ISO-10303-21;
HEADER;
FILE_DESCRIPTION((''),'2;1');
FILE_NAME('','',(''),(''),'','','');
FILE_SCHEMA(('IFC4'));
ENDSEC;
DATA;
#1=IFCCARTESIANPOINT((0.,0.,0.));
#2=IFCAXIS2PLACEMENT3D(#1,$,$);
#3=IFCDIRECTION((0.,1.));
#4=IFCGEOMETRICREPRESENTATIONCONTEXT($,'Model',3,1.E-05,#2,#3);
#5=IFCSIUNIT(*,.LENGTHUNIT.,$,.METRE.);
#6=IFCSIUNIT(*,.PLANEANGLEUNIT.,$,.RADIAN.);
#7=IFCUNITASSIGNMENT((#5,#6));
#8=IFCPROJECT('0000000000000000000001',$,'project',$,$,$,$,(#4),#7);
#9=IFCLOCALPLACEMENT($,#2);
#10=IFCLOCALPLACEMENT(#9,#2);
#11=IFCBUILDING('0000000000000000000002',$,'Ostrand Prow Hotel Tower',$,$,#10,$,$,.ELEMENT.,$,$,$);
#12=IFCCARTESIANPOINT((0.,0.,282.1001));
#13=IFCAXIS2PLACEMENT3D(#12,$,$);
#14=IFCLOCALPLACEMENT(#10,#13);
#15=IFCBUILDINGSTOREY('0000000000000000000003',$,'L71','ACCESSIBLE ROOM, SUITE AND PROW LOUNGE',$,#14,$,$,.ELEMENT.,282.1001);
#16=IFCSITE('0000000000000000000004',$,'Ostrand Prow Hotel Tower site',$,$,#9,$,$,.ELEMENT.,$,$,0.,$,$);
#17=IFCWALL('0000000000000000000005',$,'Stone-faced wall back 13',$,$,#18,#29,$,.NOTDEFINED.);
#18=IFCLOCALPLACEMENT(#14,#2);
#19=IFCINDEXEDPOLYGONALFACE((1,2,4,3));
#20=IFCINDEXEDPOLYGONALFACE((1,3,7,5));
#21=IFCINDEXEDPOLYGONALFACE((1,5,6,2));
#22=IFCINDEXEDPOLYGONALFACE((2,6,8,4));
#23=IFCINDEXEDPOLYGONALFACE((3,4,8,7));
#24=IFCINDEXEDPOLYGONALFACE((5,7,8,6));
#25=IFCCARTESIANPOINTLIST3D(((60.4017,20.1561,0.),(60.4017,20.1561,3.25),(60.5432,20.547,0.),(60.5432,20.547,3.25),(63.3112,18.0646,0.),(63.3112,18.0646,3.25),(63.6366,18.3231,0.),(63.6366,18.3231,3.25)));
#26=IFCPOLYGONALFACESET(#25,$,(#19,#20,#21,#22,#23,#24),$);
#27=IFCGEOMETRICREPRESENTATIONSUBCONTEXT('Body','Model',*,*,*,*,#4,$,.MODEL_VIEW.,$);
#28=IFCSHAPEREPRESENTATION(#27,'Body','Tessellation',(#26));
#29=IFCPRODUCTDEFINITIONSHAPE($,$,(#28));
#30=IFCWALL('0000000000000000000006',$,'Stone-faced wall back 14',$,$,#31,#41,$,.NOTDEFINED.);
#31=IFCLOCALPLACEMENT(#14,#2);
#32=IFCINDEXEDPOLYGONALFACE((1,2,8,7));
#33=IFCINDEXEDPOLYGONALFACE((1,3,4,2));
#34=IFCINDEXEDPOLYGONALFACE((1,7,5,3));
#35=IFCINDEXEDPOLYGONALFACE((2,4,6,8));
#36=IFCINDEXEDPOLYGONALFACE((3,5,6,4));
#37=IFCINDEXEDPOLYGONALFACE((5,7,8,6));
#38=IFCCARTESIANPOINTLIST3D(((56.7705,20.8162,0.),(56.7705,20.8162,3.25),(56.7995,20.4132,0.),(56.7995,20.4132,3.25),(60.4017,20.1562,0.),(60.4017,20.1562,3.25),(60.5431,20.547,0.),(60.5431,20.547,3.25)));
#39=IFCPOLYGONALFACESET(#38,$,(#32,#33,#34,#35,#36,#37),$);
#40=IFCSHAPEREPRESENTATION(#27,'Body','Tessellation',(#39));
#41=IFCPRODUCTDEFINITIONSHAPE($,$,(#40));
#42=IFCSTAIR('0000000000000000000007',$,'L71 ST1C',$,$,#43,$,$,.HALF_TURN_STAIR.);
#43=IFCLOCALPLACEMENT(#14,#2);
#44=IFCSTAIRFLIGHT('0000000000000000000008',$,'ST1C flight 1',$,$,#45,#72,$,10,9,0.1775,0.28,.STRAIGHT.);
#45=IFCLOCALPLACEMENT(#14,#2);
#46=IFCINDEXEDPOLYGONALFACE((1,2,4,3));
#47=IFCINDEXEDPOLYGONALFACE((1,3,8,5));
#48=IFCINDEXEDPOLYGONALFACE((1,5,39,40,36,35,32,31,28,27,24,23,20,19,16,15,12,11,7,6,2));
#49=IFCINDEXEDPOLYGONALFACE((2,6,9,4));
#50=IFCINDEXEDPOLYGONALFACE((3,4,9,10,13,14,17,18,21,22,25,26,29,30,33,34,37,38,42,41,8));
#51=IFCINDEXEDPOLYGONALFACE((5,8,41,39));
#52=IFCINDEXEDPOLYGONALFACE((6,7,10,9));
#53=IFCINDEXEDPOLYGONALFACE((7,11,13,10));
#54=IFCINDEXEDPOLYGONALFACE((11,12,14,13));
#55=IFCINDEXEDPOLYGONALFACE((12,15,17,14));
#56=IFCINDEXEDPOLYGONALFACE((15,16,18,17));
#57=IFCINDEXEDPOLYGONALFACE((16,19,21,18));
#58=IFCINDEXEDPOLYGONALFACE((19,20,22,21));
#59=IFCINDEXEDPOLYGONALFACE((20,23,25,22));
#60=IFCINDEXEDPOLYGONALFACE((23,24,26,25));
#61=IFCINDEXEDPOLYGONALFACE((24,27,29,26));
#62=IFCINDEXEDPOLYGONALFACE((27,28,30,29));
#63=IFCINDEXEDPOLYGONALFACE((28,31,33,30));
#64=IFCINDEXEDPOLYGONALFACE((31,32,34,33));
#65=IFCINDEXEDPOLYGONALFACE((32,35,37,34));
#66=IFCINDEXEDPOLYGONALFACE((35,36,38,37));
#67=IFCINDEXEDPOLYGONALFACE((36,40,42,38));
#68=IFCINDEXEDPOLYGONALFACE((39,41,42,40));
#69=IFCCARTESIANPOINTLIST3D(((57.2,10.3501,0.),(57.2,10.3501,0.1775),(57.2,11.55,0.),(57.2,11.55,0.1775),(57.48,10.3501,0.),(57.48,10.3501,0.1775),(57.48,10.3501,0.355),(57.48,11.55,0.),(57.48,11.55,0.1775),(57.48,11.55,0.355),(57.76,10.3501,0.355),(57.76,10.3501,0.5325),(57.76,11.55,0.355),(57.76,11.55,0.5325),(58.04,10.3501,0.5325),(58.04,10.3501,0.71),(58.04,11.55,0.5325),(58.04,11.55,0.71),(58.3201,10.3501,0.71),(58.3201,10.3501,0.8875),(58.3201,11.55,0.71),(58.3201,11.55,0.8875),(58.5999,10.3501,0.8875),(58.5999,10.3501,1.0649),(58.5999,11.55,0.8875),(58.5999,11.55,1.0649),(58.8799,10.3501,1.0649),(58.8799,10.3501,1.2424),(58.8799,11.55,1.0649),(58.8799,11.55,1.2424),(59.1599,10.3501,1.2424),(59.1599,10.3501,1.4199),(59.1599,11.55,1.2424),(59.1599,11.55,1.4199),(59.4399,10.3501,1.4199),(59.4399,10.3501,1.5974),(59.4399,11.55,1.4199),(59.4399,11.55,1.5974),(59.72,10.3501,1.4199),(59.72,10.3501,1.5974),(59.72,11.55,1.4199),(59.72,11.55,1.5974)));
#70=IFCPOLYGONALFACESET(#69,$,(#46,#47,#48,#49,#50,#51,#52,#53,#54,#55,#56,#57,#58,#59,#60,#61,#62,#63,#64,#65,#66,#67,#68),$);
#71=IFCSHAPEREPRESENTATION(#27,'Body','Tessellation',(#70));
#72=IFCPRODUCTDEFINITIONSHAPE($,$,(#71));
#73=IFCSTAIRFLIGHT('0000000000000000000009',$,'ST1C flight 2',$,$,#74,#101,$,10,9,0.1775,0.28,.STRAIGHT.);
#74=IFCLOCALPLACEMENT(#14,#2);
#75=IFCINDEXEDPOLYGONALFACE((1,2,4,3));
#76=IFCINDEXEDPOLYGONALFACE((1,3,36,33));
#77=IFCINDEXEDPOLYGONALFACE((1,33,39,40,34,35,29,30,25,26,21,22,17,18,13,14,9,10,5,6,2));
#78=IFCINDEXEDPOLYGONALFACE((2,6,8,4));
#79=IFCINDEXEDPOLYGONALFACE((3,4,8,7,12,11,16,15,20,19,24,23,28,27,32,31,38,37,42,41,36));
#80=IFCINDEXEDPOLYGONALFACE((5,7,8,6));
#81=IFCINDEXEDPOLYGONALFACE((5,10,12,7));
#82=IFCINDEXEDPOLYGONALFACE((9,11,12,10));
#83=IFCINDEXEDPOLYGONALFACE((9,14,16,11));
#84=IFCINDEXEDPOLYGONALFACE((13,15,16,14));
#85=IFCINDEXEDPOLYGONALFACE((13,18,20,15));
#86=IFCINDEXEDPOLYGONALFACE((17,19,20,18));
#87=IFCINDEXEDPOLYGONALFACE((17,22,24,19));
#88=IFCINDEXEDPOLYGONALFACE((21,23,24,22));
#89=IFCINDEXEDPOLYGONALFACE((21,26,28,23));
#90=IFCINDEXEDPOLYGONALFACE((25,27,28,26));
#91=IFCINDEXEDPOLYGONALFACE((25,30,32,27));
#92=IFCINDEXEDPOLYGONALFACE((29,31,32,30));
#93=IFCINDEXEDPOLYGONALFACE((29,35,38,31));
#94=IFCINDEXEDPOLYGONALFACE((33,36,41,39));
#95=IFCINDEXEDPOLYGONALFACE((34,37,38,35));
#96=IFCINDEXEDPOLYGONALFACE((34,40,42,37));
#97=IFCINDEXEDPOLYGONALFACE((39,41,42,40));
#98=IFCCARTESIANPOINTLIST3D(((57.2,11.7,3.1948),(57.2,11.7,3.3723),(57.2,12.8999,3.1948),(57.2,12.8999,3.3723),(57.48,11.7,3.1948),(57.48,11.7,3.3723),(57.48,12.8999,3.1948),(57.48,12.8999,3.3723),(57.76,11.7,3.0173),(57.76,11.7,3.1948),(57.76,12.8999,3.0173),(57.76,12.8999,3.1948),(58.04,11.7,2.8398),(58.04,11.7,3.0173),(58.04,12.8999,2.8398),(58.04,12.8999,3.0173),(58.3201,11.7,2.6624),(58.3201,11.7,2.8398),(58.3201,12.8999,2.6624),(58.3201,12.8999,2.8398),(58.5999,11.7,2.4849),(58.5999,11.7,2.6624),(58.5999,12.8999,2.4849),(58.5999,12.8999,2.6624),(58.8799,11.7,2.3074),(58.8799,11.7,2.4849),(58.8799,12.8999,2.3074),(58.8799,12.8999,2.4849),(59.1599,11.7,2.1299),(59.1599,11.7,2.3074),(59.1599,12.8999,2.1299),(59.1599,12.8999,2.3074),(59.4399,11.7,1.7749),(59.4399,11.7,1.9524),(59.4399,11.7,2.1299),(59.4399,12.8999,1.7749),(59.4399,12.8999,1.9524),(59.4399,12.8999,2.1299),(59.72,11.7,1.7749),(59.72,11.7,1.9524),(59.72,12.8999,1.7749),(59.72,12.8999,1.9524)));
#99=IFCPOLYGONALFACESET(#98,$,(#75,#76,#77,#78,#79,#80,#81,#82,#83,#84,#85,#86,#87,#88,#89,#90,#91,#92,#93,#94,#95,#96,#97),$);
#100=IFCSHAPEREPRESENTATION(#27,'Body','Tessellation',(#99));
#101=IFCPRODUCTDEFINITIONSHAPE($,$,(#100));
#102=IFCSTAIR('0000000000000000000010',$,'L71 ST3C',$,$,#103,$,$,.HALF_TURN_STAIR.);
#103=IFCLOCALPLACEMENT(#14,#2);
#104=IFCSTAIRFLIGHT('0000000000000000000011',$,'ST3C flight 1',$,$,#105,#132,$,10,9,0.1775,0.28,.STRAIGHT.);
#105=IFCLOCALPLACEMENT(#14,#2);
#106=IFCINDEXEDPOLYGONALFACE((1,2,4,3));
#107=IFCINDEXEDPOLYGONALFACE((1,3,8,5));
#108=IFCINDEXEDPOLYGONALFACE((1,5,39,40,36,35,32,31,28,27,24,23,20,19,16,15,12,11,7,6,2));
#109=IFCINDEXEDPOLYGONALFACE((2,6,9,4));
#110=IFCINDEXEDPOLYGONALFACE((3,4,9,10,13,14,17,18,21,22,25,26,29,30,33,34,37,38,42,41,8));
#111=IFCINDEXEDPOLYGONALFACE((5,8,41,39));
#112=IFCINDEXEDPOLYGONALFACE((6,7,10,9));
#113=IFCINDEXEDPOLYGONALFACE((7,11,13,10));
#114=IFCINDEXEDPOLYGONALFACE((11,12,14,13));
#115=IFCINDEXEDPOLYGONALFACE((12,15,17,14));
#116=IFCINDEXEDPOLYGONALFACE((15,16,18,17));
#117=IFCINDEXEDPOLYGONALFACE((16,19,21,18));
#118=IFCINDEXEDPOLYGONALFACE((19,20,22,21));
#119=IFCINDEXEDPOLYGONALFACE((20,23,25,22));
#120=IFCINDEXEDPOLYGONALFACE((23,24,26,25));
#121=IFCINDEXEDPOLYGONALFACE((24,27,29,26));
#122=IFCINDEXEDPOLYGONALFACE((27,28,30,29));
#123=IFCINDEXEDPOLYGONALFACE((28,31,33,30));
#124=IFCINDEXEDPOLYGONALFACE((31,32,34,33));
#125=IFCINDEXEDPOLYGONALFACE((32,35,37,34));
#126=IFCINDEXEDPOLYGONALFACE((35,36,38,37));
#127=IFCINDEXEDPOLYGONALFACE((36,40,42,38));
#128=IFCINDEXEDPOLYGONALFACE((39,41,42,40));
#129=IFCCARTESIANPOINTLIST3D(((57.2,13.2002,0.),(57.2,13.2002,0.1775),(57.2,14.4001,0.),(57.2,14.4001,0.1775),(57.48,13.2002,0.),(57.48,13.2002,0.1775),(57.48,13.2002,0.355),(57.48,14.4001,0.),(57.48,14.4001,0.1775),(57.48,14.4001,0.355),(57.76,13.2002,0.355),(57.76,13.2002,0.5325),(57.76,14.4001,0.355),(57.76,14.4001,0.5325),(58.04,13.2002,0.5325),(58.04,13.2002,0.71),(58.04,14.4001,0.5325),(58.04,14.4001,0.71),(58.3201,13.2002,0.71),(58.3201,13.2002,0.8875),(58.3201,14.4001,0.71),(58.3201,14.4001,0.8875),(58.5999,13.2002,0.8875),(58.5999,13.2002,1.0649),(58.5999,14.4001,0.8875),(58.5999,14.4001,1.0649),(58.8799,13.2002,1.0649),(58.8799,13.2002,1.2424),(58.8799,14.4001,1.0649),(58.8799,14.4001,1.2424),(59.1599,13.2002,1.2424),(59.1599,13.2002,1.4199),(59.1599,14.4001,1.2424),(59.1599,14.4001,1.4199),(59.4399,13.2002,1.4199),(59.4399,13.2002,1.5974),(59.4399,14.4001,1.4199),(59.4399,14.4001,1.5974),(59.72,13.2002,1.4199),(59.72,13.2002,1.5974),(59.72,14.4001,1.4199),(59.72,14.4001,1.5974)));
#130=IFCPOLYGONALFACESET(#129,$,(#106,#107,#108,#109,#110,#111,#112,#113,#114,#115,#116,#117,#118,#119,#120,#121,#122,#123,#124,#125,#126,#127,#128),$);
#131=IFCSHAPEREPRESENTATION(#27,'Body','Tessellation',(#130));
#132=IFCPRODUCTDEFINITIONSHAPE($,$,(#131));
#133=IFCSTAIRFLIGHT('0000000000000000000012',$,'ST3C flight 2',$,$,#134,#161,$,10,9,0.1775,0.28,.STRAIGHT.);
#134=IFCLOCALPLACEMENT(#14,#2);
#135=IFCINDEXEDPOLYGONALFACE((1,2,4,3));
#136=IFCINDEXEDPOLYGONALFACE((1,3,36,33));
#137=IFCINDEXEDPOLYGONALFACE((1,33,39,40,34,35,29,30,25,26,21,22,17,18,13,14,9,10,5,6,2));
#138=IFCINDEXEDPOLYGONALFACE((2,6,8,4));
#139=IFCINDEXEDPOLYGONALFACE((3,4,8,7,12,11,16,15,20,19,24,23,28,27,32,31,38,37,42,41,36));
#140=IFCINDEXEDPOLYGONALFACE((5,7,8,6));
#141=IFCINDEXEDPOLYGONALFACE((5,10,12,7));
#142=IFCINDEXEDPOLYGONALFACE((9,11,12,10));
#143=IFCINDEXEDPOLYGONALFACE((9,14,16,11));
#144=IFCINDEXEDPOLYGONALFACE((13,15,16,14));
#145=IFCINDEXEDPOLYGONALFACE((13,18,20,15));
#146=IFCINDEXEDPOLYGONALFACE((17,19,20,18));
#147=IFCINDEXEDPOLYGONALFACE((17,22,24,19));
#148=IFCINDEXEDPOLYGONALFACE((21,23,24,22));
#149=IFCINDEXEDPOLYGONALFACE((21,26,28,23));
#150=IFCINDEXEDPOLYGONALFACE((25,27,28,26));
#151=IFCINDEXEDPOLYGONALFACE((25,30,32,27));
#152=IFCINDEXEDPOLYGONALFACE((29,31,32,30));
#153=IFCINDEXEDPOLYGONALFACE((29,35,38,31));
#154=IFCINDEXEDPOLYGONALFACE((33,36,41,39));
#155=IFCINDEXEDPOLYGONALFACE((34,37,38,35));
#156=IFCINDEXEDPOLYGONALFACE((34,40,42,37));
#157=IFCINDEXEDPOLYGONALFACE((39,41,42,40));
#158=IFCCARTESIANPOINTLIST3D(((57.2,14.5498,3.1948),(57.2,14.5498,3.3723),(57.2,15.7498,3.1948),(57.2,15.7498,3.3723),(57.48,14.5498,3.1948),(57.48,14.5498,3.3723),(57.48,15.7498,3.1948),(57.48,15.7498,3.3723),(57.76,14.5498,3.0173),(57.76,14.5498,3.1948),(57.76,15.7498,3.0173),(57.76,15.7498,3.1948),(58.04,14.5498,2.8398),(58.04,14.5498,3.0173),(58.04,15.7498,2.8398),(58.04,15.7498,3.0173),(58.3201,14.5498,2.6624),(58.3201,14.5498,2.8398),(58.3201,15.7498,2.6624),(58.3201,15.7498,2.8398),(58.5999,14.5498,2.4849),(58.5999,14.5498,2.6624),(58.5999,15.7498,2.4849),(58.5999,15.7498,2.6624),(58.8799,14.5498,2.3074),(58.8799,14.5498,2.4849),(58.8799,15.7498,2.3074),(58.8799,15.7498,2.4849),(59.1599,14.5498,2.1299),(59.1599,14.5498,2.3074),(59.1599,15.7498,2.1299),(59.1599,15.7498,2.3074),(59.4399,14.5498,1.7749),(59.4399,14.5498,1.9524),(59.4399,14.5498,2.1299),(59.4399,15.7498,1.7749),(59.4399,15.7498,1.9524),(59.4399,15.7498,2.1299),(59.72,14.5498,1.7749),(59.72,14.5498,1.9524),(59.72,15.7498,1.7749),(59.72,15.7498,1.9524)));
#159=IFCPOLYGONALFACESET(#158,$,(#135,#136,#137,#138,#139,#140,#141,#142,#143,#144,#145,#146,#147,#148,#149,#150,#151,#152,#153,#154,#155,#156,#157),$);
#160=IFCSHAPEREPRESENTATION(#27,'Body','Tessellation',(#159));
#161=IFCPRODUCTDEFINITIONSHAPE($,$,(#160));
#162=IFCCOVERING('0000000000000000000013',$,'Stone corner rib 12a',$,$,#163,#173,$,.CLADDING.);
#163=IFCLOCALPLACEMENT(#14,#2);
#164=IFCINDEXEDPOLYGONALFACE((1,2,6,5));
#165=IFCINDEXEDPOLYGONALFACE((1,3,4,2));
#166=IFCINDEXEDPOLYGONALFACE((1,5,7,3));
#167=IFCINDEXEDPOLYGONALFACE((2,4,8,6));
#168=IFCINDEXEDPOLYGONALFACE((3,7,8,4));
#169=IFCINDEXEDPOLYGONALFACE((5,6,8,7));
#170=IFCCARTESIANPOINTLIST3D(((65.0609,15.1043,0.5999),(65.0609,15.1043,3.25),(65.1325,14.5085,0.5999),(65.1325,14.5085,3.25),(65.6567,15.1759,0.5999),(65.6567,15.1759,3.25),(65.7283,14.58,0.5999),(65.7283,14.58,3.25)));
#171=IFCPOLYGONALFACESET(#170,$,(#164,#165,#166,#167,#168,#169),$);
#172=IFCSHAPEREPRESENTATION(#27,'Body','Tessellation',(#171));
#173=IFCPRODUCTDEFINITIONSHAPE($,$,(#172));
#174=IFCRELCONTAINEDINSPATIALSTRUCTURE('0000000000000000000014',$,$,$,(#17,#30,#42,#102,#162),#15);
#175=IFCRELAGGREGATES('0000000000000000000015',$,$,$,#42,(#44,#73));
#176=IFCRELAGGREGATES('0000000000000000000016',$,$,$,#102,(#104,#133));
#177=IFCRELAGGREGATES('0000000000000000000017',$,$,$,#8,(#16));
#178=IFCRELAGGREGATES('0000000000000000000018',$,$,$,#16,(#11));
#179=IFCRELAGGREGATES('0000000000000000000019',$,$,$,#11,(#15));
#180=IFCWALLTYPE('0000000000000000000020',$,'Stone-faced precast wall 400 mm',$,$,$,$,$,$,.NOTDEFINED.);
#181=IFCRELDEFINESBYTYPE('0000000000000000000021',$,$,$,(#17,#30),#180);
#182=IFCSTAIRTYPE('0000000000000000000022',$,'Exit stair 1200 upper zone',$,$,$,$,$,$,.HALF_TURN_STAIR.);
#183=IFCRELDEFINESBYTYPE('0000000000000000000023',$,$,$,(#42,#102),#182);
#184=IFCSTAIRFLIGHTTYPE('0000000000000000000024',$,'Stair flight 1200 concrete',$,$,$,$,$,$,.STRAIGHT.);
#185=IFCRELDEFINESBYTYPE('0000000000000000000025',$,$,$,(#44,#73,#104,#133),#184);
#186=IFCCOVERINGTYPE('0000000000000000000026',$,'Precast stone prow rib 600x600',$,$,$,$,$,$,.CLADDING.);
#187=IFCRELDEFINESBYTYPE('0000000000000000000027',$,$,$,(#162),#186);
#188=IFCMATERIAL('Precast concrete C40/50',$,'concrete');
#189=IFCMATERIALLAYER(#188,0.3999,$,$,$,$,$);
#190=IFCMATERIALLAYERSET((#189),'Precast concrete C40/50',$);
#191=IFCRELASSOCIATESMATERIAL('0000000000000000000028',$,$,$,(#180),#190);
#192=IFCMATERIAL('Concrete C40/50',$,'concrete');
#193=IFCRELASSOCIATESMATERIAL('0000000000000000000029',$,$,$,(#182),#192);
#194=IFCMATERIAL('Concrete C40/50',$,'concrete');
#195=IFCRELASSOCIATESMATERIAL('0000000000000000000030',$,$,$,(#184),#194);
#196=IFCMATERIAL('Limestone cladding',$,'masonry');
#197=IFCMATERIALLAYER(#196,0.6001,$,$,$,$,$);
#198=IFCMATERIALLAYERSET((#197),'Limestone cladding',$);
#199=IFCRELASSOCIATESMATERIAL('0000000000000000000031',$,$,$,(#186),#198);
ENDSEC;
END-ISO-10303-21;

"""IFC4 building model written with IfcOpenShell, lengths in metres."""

from ifc_helpers import new_model, si_unit, direction, frame, frame_2d, origin, place, context, subcontext, project, spatial, polyline, rectangle, outline, extrude, material, layer, layer_set, type_object, element, aggregate, save


model = new_model("IFC4")

# Units and contexts
model_context = context("Model", 3, precision=1e-05, world=origin(), true_north=direction((0.0, 1.0)))
body_context = subcontext(model_context, "Body", "Model", "MODEL_VIEW")
ifc_project = project(units=[si_unit("LENGTHUNIT", "METRE"), si_unit("PLANEANGLEUNIT", "RADIAN")], contexts=[model_context])

# Site, building, storey
site_placement = place(None, origin())
site = spatial("IfcSite", under=ifc_project, at=site_placement, Name="Ostrand Prow Hotel Tower site", CompositionType="ELEMENT", RefElevation=0.0)
building_placement = place(site_placement, origin())
building = spatial("IfcBuilding", under=site, at=building_placement, Name="Ostrand Prow Hotel Tower", CompositionType="ELEMENT")
storey_placement = place(building_placement, frame((0.0, 0.0, 282.1001)))
storey = spatial("IfcBuildingStorey", under=building, at=storey_placement, Name="L71", Description="ACCESSIBLE ROOM, SUITE AND PROW LOUNGE", CompositionType="ELEMENT", Elevation=282.1001)

# Shared definitions
ifc_material_1 = material(Name="Precast concrete C40/50", Category="concrete")
ifc_layer_1 = layer(ifc_material_1, 0.3999)
ifc_layer_set_1 = layer_set([ifc_layer_1], Name="Precast concrete C40/50")
wall_type_1 = type_object("IfcWallType", Name="Stone-faced precast wall 400 mm", PredefinedType="NOTDEFINED", material=ifc_layer_set_1)

# Walls
wall_1_placement = place(storey_placement, frame((63.4739, 18.1938, 0.0), z_axis=(0.0, 0.0, 1.0), x_axis=(-0.811963, 0.58371, 0.0)))
element("IfcWall", 1, at=wall_1_placement, inside=storey, type_object=wall_type_1, Name="Stone-faced wall back 13", PredefinedType="NOTDEFINED", context=body_context, shape_type="SweptSolid", body=[
    extrude(outline(polyline([(-0.0566, -0.2), (3.7532, -0.2), (3.6399, 0.2), (0.0566, 0.2), (-0.0566, -0.2)])), origin(), (0.0, 0.0, 1.0), 3.25),
])
wall_2_placement = place(storey_placement, frame((60.4724, 20.3516, 0.0), z_axis=(0.0, 0.0, 1.0), x_axis=(-0.997463, 0.071191, 0.0)))
element("IfcWall", 2, at=wall_2_placement, inside=storey, type_object=wall_type_1, Name="Stone-faced wall back 14", PredefinedType="NOTDEFINED", context=body_context, shape_type="SweptSolid", body=[
    extrude(outline(polyline([(-0.0566, -0.2), (3.7256, -0.2), (3.668, 0.2), (0.0566, 0.2), (-0.0566, -0.2)])), origin(), (0.0, 0.0, 1.0), 3.25),
])

# Stairs, stair flights
ifc_material_2 = material(Name="Concrete C40/50", Category="concrete")
stair_type = type_object("IfcStairType", Name="Exit stair 1200 upper zone", PredefinedType="HALF_TURN_STAIR", material=ifc_material_2)
stair_1_placement = place(storey_placement, origin())
stair_1 = element("IfcStair", 3, at=stair_1_placement, inside=storey, type_object=stair_type, Name="L71 ST1C", PredefinedType="HALF_TURN_STAIR")
ifc_material_3 = material(Name="Concrete C40/50", Category="concrete")
stair_flight_type = type_object("IfcStairFlightType", Name="Stair flight 1200 concrete", PredefinedType="STRAIGHT", material=ifc_material_3)
stair_flight_1_placement = place(storey_placement, frame((57.2, 10.95, 0.0), z_axis=(0.0, 0.0, 1.0), x_axis=(1.0, 0.0, 0.0)))
stair_flight_1 = element("IfcStairFlight", 4, at=stair_flight_1_placement, type_object=stair_flight_type, Name="ST1C flight 1", NumberOfRisers=10, NumberOfTreads=9, PredefinedType="STRAIGHT", RiserHeight=0.1775, TreadLength=0.28, context=body_context, shape_type="SweptSolid", body=[
    extrude(outline(polyline([(0.0, 0.0), (0.0, 0.1775), (0.28, 0.1775), (0.28, 0.355), (0.5601, 0.355), (0.5601, 0.5325), (0.8401, 0.5325), (0.8401, 0.71), (1.1201, 0.71), (1.1201, 0.8875), (1.3999, 0.8875), (1.3999, 1.0649), (1.6799, 1.0649), (1.6799, 1.2424), (1.96, 1.2424), (1.96, 1.4199), (2.24, 1.4199), (2.24, 1.5974), (2.52, 1.5974), (2.52, 1.7749), (2.52, 1.4199), (0.28, 0.0), (0.0, 0.0)])), frame((0.0, 0.6001, 0.0), z_axis=(0.0, -1.0, 0.0), x_axis=(1.0, 0.0, 0.0)), (0.0, 0.0, 1.0), 1.2),
])
stair_flight_2_placement = place(storey_placement, frame((59.72, 12.3, 1.7749), z_axis=(0.0, 0.0, 1.0), x_axis=(-1.0, 0.0, 0.0)))
stair_flight_2 = element("IfcStairFlight", 5, at=stair_flight_2_placement, type_object=stair_flight_type, Name="ST1C flight 2", NumberOfRisers=10, NumberOfTreads=9, PredefinedType="STRAIGHT", RiserHeight=0.1775, TreadLength=0.28, context=body_context, shape_type="SweptSolid", body=[
    extrude(outline(polyline([(0.0, 0.0), (0.0, 0.1775), (0.28, 0.1775), (0.28, 0.355), (0.5601, 0.355), (0.5601, 0.5325), (0.8401, 0.5325), (0.8401, 0.71), (1.1201, 0.71), (1.1201, 0.8875), (1.3999, 0.8875), (1.3999, 1.0649), (1.6799, 1.0649), (1.6799, 1.2424), (1.96, 1.2424), (1.96, 1.4199), (2.24, 1.4199), (2.24, 1.5974), (2.52, 1.5974), (2.52, 1.7749), (2.52, 1.4199), (0.28, 0.0), (0.0, 0.0)])), frame((0.0, 0.6001, 0.0), z_axis=(0.0, -1.0, 0.0), x_axis=(1.0, 0.0, 0.0)), (0.0, 0.0, 1.0), 1.2),
])
aggregate(stair_1, [stair_flight_1, stair_flight_2])
stair_2_placement = place(storey_placement, origin())
stair_2 = element("IfcStair", 6, at=stair_2_placement, inside=storey, type_object=stair_type, Name="L71 ST3C", PredefinedType="HALF_TURN_STAIR")
stair_flight_3_placement = place(storey_placement, frame((57.2, 13.8, 0.0), z_axis=(0.0, 0.0, 1.0), x_axis=(1.0, 0.0, 0.0)))
stair_flight_3 = element("IfcStairFlight", 7, at=stair_flight_3_placement, type_object=stair_flight_type, Name="ST3C flight 1", NumberOfRisers=10, NumberOfTreads=9, PredefinedType="STRAIGHT", RiserHeight=0.1775, TreadLength=0.28, context=body_context, shape_type="SweptSolid", body=[
    extrude(outline(polyline([(0.0, 0.0), (0.0, 0.1775), (0.28, 0.1775), (0.28, 0.355), (0.5601, 0.355), (0.5601, 0.5325), (0.8401, 0.5325), (0.8401, 0.71), (1.1201, 0.71), (1.1201, 0.8875), (1.3999, 0.8875), (1.3999, 1.0649), (1.6799, 1.0649), (1.6799, 1.2424), (1.96, 1.2424), (1.96, 1.4199), (2.24, 1.4199), (2.24, 1.5974), (2.52, 1.5974), (2.52, 1.7749), (2.52, 1.4199), (0.28, 0.0), (0.0, 0.0)])), frame((0.0, 0.6001, 0.0), z_axis=(0.0, -1.0, 0.0), x_axis=(1.0, 0.0, 0.0)), (0.0, 0.0, 1.0), 1.2),
])
stair_flight_4_placement = place(storey_placement, frame((59.72, 15.1499, 1.7749), z_axis=(0.0, 0.0, 1.0), x_axis=(-1.0, 0.0, 0.0)))
stair_flight_4 = element("IfcStairFlight", 8, at=stair_flight_4_placement, type_object=stair_flight_type, Name="ST3C flight 2", NumberOfRisers=10, NumberOfTreads=9, PredefinedType="STRAIGHT", RiserHeight=0.1775, TreadLength=0.28, context=body_context, shape_type="SweptSolid", body=[
    extrude(outline(polyline([(0.0, 0.0), (0.0, 0.1775), (0.28, 0.1775), (0.28, 0.355), (0.5601, 0.355), (0.5601, 0.5325), (0.8401, 0.5325), (0.8401, 0.71), (1.1201, 0.71), (1.1201, 0.8875), (1.3999, 0.8875), (1.3999, 1.0649), (1.6799, 1.0649), (1.6799, 1.2424), (1.96, 1.2424), (1.96, 1.4199), (2.24, 1.4199), (2.24, 1.5974), (2.52, 1.5974), (2.52, 1.7749), (2.52, 1.4199), (0.28, 0.0), (0.0, 0.0)])), frame((0.0, 0.6001, 0.0), z_axis=(0.0, -1.0, 0.0), x_axis=(1.0, 0.0, 0.0)), (0.0, 0.0, 1.0), 1.2),
])
aggregate(stair_2, [stair_flight_3, stair_flight_4])

# Covering
ifc_material_4 = material(Name="Limestone cladding", Category="masonry")
ifc_layer_2 = layer(ifc_material_4, 0.6001)
ifc_layer_set_2 = layer_set([ifc_layer_2], Name="Limestone cladding")
covering_type = type_object("IfcCoveringType", Name="Precast stone prow rib 600x600", PredefinedType="CLADDING", material=ifc_layer_set_2)
covering_placement = place(storey_placement, frame((65.0967, 14.8064, 0.5999), z_axis=(0.0, 0.0, 1.0), x_axis=(0.992867, 0.119225, 0.0)))
element("IfcCovering", 9, at=covering_placement, inside=storey, type_object=covering_type, Name="Stone corner rib 12a", PredefinedType="CLADDING", context=body_context, shape_type="SweptSolid", body=[
    extrude(rectangle(XDim=0.6001, YDim=0.6001, at=frame_2d((0.3, 0.0))), origin(), (0.0, 0.0, 1.0), 2.6501),
])

save(model, "model.ifc")
